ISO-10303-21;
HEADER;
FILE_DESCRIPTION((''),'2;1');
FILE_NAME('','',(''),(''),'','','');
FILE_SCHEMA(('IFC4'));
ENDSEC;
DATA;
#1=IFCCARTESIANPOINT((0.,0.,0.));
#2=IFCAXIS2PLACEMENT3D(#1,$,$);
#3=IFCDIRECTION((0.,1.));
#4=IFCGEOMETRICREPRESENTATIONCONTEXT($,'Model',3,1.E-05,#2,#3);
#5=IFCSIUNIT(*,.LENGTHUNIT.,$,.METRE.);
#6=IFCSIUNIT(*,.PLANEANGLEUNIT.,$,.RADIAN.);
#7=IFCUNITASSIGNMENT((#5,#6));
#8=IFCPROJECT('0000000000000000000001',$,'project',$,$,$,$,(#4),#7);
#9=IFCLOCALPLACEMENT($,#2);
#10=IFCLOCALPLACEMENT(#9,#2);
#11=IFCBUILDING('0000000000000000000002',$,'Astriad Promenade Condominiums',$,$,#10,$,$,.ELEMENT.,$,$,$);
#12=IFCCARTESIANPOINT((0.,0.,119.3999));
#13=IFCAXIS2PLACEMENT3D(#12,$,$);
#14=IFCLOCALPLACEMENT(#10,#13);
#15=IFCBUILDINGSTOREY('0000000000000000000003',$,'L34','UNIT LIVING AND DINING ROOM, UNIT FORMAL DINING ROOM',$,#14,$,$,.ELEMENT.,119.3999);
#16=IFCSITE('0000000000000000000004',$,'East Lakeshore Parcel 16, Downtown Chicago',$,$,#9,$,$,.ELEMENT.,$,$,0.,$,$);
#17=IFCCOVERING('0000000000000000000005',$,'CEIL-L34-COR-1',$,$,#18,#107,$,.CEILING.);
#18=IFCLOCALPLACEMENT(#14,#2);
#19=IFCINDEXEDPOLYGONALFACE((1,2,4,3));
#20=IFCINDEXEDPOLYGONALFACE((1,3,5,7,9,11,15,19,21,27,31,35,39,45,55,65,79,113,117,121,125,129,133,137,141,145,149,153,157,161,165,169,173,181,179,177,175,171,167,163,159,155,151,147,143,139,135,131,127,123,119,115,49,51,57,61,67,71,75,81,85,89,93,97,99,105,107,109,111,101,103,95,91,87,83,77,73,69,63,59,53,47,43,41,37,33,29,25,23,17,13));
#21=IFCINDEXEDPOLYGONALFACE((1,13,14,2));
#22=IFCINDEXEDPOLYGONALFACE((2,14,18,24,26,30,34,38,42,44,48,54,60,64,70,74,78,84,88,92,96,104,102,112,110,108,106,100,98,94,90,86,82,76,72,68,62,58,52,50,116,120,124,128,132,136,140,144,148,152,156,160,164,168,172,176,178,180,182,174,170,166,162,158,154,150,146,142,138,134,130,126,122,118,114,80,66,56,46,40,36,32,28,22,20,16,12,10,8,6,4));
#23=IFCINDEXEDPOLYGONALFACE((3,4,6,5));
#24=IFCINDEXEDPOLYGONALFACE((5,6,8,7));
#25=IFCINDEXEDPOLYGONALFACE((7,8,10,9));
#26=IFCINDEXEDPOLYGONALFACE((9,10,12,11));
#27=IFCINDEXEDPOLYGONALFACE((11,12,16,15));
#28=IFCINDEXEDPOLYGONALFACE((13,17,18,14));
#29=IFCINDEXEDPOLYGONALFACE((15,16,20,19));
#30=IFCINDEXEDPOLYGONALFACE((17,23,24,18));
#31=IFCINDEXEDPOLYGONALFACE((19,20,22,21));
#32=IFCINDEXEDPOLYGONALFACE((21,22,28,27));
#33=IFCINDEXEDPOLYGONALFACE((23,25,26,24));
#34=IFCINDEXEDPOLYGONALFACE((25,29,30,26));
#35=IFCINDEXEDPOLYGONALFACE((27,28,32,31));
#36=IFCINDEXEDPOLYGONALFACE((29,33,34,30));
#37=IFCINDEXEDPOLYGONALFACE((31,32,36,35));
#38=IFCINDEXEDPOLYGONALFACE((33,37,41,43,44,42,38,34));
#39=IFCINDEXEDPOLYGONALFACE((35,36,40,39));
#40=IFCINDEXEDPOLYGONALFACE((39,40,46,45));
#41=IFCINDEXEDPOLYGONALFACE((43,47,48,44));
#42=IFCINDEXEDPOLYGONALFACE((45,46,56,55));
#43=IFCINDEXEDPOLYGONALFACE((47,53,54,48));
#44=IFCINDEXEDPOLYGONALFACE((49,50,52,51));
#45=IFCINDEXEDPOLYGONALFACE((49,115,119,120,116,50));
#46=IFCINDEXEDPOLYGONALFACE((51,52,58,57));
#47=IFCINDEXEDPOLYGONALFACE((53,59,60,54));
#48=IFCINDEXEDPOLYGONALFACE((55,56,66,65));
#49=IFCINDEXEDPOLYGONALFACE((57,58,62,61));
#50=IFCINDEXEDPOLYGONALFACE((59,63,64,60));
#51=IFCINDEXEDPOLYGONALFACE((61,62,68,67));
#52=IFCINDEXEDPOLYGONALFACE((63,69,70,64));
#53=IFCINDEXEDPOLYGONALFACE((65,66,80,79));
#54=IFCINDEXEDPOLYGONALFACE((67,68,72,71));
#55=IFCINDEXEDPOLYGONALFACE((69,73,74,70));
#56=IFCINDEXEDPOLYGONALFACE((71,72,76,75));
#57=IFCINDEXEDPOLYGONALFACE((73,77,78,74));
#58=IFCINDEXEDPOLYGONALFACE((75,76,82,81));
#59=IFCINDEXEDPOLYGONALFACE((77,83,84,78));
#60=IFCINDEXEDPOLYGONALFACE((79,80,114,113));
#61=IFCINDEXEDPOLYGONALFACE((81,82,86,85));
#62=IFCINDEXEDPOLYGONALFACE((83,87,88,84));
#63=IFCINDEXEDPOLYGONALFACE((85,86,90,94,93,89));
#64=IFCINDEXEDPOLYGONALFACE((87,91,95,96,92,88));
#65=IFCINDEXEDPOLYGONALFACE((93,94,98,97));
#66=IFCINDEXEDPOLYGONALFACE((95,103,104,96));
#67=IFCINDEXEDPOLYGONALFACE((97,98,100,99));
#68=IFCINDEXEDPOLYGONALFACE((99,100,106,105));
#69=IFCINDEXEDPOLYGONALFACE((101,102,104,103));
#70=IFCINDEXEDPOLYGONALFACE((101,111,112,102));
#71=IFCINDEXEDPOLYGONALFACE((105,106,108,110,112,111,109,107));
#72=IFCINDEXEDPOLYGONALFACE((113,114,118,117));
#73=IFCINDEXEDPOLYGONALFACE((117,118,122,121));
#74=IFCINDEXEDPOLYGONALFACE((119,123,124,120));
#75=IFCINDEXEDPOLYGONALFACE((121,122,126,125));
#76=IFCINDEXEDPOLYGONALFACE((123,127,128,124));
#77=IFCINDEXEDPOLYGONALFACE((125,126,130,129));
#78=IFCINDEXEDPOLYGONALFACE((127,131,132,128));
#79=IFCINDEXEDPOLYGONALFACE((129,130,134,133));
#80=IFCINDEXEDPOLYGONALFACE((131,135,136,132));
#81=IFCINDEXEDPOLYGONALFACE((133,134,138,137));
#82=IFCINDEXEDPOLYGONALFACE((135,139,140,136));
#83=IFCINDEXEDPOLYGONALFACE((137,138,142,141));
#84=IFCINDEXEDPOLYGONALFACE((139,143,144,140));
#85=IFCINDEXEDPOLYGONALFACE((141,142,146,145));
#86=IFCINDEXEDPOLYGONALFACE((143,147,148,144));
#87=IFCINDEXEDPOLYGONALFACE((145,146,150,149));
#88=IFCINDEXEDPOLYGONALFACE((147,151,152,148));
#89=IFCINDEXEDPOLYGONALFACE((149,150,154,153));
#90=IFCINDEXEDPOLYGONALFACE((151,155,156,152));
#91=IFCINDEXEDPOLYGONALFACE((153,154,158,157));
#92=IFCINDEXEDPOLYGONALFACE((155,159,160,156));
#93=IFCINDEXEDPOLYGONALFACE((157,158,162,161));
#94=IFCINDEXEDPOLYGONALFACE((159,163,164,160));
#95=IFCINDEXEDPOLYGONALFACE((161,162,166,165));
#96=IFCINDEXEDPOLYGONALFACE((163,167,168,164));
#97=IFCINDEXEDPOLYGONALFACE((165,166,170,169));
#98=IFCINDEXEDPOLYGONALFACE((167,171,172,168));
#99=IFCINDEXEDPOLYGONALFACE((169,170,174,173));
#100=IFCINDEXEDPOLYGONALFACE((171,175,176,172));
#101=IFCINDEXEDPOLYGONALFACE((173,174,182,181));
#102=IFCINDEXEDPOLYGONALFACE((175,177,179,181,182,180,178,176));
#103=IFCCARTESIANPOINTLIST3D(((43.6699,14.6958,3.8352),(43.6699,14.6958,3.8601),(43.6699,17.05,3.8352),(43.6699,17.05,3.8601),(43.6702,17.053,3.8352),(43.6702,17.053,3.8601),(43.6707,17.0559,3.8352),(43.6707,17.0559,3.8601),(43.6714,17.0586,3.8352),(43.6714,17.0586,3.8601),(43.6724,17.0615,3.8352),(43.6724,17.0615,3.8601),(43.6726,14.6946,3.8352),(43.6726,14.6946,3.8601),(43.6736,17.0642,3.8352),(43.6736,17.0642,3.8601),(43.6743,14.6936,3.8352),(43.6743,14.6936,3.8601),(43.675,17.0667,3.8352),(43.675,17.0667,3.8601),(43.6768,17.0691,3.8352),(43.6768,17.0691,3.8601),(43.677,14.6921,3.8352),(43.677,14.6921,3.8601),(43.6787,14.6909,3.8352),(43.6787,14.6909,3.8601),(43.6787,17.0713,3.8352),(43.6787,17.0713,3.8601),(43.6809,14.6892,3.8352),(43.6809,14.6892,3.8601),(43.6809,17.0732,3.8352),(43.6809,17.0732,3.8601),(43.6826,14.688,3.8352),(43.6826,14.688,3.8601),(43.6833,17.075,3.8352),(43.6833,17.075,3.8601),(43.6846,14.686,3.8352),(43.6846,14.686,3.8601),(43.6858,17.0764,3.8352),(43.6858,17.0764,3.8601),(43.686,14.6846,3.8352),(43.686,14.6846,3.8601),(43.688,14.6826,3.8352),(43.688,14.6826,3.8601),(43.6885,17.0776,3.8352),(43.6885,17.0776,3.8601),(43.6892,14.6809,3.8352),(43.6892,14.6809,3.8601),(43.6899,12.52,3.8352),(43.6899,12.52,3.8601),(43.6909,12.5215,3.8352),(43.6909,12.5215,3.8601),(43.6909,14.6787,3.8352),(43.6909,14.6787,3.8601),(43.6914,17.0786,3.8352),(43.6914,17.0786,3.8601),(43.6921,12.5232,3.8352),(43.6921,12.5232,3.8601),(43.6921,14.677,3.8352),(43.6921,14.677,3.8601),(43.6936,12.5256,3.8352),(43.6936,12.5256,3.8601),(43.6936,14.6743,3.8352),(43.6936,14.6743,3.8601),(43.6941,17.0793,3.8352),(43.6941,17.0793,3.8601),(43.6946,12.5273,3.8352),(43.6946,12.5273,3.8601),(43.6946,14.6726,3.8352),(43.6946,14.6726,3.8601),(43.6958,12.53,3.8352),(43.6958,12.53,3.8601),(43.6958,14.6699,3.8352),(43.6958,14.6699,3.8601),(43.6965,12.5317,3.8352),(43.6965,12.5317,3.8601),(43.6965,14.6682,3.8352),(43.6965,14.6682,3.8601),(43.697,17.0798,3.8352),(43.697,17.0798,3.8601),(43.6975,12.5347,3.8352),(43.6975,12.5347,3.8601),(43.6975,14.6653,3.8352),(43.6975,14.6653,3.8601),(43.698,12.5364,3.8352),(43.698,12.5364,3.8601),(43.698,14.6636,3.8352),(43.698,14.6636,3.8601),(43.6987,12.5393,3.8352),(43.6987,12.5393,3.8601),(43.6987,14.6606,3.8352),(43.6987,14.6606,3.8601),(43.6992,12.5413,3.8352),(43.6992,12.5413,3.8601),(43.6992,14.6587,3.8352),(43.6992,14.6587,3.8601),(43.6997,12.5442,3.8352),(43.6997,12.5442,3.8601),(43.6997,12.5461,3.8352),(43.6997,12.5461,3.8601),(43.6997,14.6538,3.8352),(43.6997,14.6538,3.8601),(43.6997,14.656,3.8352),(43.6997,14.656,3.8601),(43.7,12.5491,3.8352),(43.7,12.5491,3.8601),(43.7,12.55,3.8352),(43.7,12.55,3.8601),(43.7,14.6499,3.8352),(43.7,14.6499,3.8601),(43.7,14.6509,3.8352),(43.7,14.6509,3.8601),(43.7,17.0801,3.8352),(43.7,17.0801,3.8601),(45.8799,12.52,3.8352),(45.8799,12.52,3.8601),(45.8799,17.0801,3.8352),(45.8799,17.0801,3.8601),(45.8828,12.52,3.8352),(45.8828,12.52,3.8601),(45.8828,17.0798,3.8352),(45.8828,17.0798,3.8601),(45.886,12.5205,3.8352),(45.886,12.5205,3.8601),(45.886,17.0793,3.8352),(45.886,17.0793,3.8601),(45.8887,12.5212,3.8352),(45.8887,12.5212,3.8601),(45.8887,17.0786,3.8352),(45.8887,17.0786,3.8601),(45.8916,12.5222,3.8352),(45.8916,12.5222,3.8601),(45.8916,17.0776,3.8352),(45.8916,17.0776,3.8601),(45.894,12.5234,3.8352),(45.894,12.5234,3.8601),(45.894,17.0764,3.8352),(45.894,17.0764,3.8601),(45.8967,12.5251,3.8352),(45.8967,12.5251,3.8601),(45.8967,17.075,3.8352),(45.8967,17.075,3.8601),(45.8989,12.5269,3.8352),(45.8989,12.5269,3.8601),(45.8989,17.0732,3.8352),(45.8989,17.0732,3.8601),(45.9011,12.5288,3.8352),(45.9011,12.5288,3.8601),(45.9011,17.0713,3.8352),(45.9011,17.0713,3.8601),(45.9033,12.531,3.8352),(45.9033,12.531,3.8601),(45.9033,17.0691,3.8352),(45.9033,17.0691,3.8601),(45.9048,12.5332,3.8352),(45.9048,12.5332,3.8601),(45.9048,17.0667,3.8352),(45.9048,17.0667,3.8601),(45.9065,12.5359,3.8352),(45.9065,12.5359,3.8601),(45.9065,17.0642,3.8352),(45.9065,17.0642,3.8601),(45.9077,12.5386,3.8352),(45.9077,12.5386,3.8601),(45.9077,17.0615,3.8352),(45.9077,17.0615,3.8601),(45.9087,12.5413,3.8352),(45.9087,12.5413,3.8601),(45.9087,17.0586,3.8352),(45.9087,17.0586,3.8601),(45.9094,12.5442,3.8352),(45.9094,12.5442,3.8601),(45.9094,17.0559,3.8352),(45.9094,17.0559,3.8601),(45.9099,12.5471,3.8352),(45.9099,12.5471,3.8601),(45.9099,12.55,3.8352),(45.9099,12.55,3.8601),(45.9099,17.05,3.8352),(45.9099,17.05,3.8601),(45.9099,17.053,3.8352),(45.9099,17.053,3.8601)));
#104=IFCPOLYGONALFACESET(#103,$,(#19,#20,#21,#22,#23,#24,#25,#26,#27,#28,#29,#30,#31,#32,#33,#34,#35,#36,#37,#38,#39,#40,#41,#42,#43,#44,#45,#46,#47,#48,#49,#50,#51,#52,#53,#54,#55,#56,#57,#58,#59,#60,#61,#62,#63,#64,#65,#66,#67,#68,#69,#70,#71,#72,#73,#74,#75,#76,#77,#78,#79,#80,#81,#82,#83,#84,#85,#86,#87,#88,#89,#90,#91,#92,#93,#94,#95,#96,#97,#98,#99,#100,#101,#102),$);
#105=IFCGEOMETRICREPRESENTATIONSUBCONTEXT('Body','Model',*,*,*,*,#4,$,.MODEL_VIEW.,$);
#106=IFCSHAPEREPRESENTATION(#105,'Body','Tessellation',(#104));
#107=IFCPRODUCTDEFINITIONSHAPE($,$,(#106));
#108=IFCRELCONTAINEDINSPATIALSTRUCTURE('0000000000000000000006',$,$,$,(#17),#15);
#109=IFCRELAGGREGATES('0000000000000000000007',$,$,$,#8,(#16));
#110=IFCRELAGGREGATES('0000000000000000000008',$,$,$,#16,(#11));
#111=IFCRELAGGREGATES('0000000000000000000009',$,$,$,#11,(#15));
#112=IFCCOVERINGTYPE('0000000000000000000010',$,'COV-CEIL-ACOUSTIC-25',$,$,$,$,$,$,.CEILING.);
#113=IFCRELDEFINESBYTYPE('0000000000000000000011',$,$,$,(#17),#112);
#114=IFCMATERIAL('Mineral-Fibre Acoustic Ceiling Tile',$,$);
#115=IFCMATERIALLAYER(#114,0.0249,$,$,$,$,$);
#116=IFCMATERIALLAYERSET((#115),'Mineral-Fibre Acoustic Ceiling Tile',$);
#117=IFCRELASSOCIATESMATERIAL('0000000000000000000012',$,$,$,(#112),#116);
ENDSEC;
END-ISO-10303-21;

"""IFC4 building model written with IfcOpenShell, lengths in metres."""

from ifc_helpers import new_model, si_unit, direction, frame, origin, place, context, subcontext, project, spatial, polyline, outline, extrude, material, layer, layer_set, type_object, element, save


model = new_model("IFC4")

# Units and contexts
model_context = context("Model", 3, precision=1e-05, world=origin(), true_north=direction((0.0, 1.0)))
body_context = subcontext(model_context, "Body", "Model", "MODEL_VIEW")
ifc_project = project(units=[si_unit("LENGTHUNIT", "METRE"), si_unit("PLANEANGLEUNIT", "RADIAN")], contexts=[model_context])

# Site, building, storey
site_placement = place(None, origin())
site = spatial("IfcSite", under=ifc_project, at=site_placement, Name="East Lakeshore Parcel 16, Downtown Chicago", CompositionType="ELEMENT", RefElevation=0.0)
building_placement = place(site_placement, origin())
building = spatial("IfcBuilding", under=site, at=building_placement, Name="Astriad Promenade Condominiums", CompositionType="ELEMENT")
storey_placement = place(building_placement, frame((0.0, 0.0, 119.3999)))
storey = spatial("IfcBuildingStorey", under=building, at=storey_placement, Name="L34", Description="UNIT LIVING AND DINING ROOM, UNIT FORMAL DINING ROOM", CompositionType="ELEMENT", Elevation=119.3999)

# Covering
ifc_material_1 = material(Name="Mineral-Fibre Acoustic Ceiling Tile")
ifc_layer_1 = layer(ifc_material_1, 0.0249)
ifc_layer_set_1 = layer_set([ifc_layer_1], Name="Mineral-Fibre Acoustic Ceiling Tile")
covering_type_1 = type_object("IfcCoveringType", Name="COV-CEIL-ACOUSTIC-25", PredefinedType="CEILING", material=ifc_layer_set_1)
covering_1_placement = place(storey_placement, frame((0.0, 0.0, 3.8352)))
element("IfcCovering", 1, at=covering_1_placement, inside=storey, type_object=covering_type_1, Name="CEIL-L34-COR-1", PredefinedType="CEILING", context=body_context, shape_type="SweptSolid", body=[
    extrude(outline(polyline([(43.6699, 17.05), (43.6702, 17.053), (43.6707, 17.0559), (43.6714, 17.0586), (43.6724, 17.0615), (43.6736, 17.0642), (43.675, 17.0667), (43.6768, 17.0691), (43.6787, 17.0713), (43.6809, 17.0732), (43.6833, 17.075), (43.6858, 17.0764), (43.6885, 17.0776), (43.6914, 17.0786), (43.6941, 17.0793), (43.697, 17.0798), (43.7, 17.0801), (45.8799, 17.0801), (45.8828, 17.0798), (45.886, 17.0793), (45.8887, 17.0786), (45.8916, 17.0776), (45.894, 17.0764), (45.8967, 17.075), (45.8989, 17.0732), (45.9011, 17.0713), (45.9033, 17.0691), (45.9048, 17.0667), (45.9065, 17.0642), (45.9077, 17.0615), (45.9087, 17.0586), (45.9094, 17.0559), (45.9099, 17.053), (45.9099, 17.05), (45.9099, 12.55), (45.9099, 12.5471), (45.9094, 12.5442), (45.9087, 12.5413), (45.9077, 12.5386), (45.9065, 12.5359), (45.9048, 12.5332), (45.9033, 12.531), (45.9011, 12.5288), (45.8989, 12.5269), (45.8967, 12.5251), (45.894, 12.5234), (45.8916, 12.5222), (45.8887, 12.5212), (45.886, 12.5205), (45.8828, 12.52), (45.8799, 12.52), (43.6899, 12.52), (43.6909, 12.5215), (43.6921, 12.5232), (43.6936, 12.5256), (43.6946, 12.5273), (43.6958, 12.53), (43.6965, 12.5317), (43.6975, 12.5347), (43.698, 12.5364), (43.6987, 12.5393), (43.6992, 12.5413), (43.6997, 12.5442), (43.6997, 12.5461), (43.7, 12.5491), (43.7, 12.55), (43.7, 14.6499), (43.7, 14.6509), (43.6997, 14.6538), (43.6997, 14.656), (43.6992, 14.6587), (43.6987, 14.6606), (43.698, 14.6636), (43.6975, 14.6653), (43.6965, 14.6682), (43.6958, 14.6699), (43.6946, 14.6726), (43.6936, 14.6743), (43.6921, 14.677), (43.6909, 14.6787), (43.6892, 14.6809), (43.688, 14.6826), (43.686, 14.6846), (43.6846, 14.686), (43.6826, 14.688), (43.6809, 14.6892), (43.6787, 14.6909), (43.677, 14.6921), (43.6743, 14.6936), (43.6726, 14.6946), (43.6699, 14.6958), (43.6699, 14.6958), (43.6699, 17.05)])), origin(), (0.0, 0.0, 1.0), 0.0249),
])

save(model, "model.ifc")
